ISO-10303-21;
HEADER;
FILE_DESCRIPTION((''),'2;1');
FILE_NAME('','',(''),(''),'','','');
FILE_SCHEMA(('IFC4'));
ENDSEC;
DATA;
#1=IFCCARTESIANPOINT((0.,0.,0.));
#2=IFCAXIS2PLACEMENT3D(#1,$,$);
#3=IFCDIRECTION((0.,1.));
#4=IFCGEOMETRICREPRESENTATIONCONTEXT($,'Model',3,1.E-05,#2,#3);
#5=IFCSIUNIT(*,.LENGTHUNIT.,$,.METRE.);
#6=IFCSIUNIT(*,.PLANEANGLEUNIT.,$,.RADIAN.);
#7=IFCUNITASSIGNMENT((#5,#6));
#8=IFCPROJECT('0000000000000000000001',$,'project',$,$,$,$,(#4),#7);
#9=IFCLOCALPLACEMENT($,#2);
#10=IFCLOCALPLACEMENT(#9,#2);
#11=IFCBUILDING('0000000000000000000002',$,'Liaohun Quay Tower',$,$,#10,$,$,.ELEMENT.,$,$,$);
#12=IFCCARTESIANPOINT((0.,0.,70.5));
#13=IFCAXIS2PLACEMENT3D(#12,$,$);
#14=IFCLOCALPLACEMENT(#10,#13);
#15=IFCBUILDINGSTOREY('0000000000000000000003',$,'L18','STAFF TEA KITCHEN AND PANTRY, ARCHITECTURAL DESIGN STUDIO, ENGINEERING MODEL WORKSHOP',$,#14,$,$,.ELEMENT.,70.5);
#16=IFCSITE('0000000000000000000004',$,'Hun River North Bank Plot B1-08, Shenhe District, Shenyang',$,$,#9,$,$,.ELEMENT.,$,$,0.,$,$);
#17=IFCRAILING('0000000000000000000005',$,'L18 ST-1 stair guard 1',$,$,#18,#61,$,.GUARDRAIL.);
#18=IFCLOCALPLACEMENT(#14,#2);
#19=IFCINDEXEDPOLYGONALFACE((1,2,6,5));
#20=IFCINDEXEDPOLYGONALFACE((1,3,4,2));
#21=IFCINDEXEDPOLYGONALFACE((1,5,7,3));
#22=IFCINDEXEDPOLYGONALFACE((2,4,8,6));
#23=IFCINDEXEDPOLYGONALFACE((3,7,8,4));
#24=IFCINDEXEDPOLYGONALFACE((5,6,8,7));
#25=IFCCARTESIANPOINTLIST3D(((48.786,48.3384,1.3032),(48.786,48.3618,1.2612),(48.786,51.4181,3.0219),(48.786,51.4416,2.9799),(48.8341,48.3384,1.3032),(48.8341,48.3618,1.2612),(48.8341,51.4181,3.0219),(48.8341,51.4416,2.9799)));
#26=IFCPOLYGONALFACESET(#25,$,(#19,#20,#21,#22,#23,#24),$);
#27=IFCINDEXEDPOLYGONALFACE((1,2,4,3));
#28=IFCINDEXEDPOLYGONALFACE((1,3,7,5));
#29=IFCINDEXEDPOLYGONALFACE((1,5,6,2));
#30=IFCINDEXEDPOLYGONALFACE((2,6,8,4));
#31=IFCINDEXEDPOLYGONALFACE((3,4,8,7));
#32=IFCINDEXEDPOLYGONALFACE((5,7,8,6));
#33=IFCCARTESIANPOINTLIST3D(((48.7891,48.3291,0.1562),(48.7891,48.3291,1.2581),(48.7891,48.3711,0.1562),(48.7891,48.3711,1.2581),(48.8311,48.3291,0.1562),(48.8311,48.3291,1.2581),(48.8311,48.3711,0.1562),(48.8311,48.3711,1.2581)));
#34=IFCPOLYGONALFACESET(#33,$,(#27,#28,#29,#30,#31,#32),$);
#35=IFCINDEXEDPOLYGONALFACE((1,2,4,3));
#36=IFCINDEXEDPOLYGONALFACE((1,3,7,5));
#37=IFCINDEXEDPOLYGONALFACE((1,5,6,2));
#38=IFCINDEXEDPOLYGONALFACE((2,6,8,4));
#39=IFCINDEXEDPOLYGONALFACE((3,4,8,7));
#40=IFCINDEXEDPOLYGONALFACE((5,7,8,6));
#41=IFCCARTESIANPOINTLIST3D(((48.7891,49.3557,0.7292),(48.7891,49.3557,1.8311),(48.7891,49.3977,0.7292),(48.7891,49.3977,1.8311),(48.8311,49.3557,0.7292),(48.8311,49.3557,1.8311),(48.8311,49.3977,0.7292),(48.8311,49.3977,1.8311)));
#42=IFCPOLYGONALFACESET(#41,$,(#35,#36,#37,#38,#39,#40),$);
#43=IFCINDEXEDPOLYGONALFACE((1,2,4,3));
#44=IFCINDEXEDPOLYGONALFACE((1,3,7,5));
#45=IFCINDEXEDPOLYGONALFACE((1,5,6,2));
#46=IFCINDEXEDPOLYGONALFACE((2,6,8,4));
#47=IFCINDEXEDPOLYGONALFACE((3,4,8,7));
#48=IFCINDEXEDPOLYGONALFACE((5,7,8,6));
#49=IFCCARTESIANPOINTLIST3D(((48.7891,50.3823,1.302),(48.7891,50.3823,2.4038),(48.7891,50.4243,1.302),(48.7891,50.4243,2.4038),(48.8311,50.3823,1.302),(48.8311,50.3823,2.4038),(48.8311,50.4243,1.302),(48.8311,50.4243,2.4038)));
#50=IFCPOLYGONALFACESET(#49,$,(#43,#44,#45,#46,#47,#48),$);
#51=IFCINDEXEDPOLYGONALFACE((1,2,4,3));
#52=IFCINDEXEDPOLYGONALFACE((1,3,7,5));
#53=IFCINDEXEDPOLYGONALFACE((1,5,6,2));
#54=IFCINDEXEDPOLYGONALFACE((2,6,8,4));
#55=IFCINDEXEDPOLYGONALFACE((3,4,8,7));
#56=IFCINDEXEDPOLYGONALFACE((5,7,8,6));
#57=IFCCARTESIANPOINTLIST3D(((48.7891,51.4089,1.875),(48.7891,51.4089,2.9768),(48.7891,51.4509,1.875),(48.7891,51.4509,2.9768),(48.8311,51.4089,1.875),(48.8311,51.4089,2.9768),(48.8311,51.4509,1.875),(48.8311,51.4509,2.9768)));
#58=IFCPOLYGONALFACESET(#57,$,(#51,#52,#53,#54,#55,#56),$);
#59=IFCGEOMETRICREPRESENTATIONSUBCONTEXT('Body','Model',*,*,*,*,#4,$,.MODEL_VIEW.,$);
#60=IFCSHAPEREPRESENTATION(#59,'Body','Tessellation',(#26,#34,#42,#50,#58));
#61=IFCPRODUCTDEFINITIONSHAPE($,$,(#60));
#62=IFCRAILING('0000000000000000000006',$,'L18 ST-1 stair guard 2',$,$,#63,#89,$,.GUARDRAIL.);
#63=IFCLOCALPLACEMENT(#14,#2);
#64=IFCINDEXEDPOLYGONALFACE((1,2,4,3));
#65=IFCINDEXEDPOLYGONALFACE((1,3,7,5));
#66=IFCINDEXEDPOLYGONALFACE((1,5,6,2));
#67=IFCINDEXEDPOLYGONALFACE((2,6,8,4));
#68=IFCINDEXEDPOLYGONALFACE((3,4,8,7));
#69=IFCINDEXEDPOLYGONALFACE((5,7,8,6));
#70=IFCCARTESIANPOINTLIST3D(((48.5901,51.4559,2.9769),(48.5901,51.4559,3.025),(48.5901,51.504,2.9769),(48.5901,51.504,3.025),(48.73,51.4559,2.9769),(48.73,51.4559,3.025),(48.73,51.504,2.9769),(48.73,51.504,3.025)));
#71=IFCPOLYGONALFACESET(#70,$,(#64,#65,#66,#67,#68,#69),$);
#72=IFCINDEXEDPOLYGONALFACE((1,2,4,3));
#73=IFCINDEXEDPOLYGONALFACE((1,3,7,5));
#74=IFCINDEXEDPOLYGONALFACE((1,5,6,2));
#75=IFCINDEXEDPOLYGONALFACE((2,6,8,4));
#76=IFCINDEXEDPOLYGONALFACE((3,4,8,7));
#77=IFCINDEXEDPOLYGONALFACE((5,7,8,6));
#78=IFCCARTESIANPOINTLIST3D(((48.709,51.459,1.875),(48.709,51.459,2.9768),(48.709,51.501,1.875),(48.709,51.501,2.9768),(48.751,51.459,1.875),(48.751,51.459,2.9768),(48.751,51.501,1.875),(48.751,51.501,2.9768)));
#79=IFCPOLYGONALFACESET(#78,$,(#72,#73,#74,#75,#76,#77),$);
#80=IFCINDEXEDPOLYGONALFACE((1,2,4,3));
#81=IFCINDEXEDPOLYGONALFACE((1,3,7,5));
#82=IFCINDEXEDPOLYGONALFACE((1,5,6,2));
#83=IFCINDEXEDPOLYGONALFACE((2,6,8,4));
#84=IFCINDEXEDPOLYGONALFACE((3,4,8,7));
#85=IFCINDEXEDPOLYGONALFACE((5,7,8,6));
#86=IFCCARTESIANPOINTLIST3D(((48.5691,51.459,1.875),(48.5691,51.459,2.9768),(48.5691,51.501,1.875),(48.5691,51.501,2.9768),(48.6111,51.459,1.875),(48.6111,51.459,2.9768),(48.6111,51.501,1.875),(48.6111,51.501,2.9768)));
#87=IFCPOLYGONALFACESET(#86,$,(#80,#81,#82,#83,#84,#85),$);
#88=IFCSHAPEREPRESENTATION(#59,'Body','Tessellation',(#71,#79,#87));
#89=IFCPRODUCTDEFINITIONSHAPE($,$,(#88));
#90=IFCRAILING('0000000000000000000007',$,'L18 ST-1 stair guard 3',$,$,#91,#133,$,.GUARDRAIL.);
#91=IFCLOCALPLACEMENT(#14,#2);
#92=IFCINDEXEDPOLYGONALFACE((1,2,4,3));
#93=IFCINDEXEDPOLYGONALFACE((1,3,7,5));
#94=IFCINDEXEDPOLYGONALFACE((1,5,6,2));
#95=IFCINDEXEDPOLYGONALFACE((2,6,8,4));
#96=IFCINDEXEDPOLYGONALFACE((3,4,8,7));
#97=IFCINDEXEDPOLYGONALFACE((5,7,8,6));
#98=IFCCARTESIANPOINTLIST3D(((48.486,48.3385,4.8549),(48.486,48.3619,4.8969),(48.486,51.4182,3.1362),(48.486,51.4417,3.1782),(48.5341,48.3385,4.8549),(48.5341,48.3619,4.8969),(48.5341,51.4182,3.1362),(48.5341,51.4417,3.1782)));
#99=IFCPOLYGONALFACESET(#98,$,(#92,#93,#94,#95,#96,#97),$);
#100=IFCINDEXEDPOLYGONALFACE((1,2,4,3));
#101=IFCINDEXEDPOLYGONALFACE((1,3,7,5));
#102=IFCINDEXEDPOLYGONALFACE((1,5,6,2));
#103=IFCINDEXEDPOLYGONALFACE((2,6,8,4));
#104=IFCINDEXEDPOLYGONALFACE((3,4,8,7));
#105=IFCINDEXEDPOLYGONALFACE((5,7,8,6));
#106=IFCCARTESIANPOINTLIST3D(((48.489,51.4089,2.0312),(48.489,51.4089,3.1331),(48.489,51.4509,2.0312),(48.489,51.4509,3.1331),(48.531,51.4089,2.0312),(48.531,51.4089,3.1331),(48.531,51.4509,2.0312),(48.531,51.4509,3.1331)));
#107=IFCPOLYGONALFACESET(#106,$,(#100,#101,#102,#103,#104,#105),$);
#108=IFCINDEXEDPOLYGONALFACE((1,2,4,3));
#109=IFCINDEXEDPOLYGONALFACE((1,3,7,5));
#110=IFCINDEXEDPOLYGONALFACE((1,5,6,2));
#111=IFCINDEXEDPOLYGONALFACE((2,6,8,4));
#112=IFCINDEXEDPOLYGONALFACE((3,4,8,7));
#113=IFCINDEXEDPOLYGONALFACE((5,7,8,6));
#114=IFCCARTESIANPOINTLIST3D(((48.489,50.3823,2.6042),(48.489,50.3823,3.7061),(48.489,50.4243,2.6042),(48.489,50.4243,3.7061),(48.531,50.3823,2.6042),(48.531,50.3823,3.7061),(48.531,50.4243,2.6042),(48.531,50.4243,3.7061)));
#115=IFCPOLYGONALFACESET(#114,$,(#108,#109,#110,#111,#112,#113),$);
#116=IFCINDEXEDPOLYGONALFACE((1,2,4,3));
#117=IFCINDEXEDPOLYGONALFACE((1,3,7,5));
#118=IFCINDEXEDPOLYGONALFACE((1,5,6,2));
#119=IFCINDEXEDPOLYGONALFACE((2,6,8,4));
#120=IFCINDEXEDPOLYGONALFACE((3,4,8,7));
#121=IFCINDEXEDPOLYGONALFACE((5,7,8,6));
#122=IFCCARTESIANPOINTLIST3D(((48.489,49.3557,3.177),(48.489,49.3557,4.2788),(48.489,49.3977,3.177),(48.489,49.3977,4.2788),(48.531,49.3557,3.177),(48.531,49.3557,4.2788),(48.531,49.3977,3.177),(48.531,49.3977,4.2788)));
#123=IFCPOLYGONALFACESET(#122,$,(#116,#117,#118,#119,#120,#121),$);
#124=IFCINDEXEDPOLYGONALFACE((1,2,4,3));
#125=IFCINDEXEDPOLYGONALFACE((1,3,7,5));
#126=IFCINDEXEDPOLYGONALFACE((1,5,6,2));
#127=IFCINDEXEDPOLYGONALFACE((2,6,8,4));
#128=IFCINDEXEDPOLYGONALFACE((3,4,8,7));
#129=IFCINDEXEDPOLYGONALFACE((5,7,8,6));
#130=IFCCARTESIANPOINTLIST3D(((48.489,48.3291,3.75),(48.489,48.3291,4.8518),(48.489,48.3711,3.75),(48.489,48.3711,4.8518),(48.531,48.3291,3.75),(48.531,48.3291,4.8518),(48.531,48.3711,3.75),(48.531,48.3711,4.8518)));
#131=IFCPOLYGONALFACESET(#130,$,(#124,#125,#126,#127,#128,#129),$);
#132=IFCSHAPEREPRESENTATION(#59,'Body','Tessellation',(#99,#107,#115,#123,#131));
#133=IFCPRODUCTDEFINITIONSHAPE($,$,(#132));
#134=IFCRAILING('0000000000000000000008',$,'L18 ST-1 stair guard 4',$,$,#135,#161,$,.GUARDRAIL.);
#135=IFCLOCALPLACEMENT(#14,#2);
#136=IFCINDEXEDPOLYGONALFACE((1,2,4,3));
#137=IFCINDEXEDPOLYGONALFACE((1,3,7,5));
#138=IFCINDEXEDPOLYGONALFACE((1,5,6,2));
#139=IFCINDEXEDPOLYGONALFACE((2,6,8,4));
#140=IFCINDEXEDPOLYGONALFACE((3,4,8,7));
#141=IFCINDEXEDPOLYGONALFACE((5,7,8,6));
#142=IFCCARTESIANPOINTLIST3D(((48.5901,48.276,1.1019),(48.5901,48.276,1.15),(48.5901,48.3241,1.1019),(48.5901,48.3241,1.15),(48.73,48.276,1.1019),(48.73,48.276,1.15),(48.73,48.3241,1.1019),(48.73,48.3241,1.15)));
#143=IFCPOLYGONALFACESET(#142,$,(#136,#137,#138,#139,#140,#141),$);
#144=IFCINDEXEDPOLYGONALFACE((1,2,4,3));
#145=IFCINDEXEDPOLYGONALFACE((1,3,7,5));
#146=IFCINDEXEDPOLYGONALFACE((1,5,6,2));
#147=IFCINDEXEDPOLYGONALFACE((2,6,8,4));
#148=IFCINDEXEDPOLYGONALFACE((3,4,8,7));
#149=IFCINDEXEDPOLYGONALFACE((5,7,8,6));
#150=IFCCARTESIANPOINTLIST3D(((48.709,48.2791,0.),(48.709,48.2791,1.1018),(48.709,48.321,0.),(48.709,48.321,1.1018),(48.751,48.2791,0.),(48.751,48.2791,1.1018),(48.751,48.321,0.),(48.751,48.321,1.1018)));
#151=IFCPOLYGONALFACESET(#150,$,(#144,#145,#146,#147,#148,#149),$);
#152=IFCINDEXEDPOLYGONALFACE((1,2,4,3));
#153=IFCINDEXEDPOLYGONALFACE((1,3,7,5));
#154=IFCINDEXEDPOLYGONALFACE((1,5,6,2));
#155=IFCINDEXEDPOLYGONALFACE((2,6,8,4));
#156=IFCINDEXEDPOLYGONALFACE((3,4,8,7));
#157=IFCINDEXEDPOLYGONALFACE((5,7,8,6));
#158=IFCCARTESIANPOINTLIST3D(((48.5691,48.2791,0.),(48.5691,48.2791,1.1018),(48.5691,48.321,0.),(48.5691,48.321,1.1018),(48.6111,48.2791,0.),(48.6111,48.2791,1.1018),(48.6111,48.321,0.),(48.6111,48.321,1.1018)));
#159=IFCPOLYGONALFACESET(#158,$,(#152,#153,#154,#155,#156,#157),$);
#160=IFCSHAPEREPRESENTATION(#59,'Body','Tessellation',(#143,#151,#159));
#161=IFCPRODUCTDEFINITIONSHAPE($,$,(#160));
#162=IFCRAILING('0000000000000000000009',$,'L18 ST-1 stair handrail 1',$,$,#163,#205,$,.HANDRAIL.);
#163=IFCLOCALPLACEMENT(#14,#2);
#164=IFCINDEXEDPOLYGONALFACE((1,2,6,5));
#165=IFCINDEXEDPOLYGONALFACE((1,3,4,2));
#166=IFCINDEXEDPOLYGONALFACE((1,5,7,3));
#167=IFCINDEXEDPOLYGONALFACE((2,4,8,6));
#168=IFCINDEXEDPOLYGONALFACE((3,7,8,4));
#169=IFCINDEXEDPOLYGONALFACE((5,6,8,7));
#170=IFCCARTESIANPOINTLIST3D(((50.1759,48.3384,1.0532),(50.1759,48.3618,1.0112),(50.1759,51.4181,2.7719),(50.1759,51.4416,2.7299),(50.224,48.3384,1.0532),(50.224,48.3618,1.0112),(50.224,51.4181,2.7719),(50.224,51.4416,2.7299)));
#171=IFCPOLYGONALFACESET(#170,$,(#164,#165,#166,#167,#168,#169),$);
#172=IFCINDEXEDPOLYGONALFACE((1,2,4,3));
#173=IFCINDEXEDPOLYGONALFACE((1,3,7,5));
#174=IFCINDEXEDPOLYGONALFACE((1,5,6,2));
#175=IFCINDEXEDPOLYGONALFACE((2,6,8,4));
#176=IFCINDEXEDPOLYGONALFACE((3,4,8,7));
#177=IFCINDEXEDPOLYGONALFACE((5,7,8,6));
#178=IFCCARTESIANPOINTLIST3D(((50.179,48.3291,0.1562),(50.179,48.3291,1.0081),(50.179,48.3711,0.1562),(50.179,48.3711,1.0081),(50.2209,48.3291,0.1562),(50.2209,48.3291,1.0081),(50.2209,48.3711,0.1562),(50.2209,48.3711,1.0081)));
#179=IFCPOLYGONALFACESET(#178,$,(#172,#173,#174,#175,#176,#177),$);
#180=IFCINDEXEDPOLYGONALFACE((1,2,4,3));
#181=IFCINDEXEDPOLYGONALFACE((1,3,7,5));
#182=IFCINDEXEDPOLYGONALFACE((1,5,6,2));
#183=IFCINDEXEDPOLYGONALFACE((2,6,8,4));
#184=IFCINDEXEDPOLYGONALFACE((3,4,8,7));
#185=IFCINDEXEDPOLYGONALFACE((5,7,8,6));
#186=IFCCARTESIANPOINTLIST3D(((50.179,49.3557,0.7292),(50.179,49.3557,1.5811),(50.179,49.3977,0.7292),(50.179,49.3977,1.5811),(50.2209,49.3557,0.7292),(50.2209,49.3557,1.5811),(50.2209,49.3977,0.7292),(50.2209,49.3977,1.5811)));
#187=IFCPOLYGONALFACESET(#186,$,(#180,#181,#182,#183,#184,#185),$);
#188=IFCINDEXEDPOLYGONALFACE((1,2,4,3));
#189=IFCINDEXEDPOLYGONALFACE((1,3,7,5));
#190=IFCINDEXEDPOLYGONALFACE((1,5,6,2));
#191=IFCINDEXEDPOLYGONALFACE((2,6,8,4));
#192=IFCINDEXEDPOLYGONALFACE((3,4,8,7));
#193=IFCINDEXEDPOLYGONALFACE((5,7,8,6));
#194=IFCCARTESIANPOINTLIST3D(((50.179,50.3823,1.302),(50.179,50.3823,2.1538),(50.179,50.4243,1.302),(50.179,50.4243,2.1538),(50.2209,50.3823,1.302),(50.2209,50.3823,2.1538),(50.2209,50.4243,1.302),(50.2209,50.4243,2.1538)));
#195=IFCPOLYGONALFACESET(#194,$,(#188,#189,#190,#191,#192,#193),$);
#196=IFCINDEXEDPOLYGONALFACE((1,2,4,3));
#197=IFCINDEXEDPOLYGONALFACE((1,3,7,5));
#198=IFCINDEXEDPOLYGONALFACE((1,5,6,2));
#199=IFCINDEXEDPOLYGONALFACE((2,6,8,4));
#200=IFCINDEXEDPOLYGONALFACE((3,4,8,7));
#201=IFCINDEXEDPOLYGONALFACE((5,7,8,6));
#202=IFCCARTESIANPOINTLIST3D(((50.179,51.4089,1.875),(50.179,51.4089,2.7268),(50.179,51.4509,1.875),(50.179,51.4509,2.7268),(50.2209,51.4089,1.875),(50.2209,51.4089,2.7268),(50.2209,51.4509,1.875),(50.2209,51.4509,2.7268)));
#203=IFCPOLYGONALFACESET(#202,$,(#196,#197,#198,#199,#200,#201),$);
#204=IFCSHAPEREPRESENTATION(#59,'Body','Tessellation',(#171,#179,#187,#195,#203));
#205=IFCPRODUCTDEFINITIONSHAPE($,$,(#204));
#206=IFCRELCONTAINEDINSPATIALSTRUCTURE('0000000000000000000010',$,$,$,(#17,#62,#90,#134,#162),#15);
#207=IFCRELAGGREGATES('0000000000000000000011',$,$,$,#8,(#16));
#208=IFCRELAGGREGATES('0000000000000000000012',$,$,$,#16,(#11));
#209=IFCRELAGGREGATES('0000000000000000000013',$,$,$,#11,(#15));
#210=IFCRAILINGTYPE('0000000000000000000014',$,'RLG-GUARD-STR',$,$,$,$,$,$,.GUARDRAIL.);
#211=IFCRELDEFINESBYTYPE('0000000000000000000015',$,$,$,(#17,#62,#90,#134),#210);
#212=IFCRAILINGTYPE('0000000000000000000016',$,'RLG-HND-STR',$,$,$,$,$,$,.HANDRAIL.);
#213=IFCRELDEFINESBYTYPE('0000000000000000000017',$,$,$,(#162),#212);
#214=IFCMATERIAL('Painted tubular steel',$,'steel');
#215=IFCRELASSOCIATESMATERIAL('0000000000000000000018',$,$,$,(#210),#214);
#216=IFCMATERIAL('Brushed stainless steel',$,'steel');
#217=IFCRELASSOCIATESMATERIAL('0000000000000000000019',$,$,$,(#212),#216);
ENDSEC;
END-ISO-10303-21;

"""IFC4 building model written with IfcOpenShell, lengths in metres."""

from ifc_helpers import new_model, si_unit, direction, frame, origin, origin_2d, place, context, subcontext, project, spatial, rectangle, extrude, material, type_object, element, save


model = new_model("IFC4")

# Units and contexts
model_context = context("Model", 3, precision=1e-05, world=origin(), true_north=direction((0.0, 1.0)))
body_context = subcontext(model_context, "Body", "Model", "MODEL_VIEW")
ifc_project = project(units=[si_unit("LENGTHUNIT", "METRE"), si_unit("PLANEANGLEUNIT", "RADIAN")], contexts=[model_context])

# Site, building, storey
site_placement = place(None, origin())
site = spatial("IfcSite", under=ifc_project, at=site_placement, Name="Hun River North Bank Plot B1-08, Shenhe District, Shenyang", CompositionType="ELEMENT", RefElevation=0.0)
building_placement = place(site_placement, origin())
building = spatial("IfcBuilding", under=site, at=building_placement, Name="Liaohun Quay Tower", CompositionType="ELEMENT")
storey_placement = place(building_placement, frame((0.0, 0.0, 70.5)))
storey = spatial("IfcBuildingStorey", under=building, at=storey_placement, Name="L18", Description="STAFF TEA KITCHEN AND PANTRY, ARCHITECTURAL DESIGN STUDIO, ENGINEERING MODEL WORKSHOP", CompositionType="ELEMENT", Elevation=70.5)

# Railings
ifc_material_1 = material(Name="Painted tubular steel", Category="steel")
railing_type_1 = type_object("IfcRailingType", Name="RLG-GUARD-STR", PredefinedType="GUARDRAIL", material=ifc_material_1)
railing_1_placement = place(storey_placement, frame((48.8101, 48.3501, 0.1562)))
element("IfcRailing", 1, at=railing_1_placement, inside=storey, type_object=railing_type_1, Name="L18 ST-1 stair guard 1", PredefinedType="GUARDRAIL", context=body_context, shape_type="SweptSolid", body=[
    extrude(rectangle(XDim=0.0481, YDim=0.0481, at=origin_2d()), frame((0.0, 0.0, 1.126), z_axis=(0.0, 0.873225, 0.487317), x_axis=(-1.0, 0.0, 0.0)), (0.0, 0.0, 1.0), 3.5269),
    extrude(rectangle(XDim=0.042, YDim=0.042, at=origin_2d()), origin(), (0.0, 0.0, 1.0), 1.1018),
    extrude(rectangle(XDim=0.042, YDim=0.042, at=origin_2d()), frame((0.0, 1.0266, 0.573)), (0.0, 0.0, 1.0), 1.1018),
    extrude(rectangle(XDim=0.042, YDim=0.042, at=origin_2d()), frame((0.0, 2.0532, 1.1458)), (0.0, 0.0, 1.0), 1.1018),
    extrude(rectangle(XDim=0.042, YDim=0.042, at=origin_2d()), frame((0.0, 3.0798, 1.7188)), (0.0, 0.0, 1.0), 1.1018),
])
railing_2_placement = place(storey_placement, frame((48.73, 51.48, 1.875)))
element("IfcRailing", 2, at=railing_2_placement, inside=storey, type_object=railing_type_1, Name="L18 ST-1 stair guard 2", PredefinedType="GUARDRAIL", context=body_context, shape_type="SweptSolid", body=[
    extrude(rectangle(XDim=0.0481, YDim=0.0481, at=origin_2d()), frame((0.0, 0.0, 1.126), z_axis=(-1.0, 0.0, 0.0), x_axis=(0.0, -1.0, 0.0)), (0.0, 0.0, 1.0), 0.1399),
    extrude(rectangle(XDim=0.042, YDim=0.042, at=origin_2d()), origin(), (0.0, 0.0, 1.0), 1.1018),
    extrude(rectangle(XDim=0.042, YDim=0.042, at=origin_2d()), frame((-0.1399, 0.0, 0.0)), (0.0, 0.0, 1.0), 1.1018),
])
railing_3_placement = place(storey_placement, frame((48.51, 51.4299, 2.0312)))
element("IfcRailing", 3, at=railing_3_placement, inside=storey, type_object=railing_type_1, Name="L18 ST-1 stair guard 3", PredefinedType="GUARDRAIL", context=body_context, shape_type="SweptSolid", body=[
    extrude(rectangle(XDim=0.0481, YDim=0.0481, at=origin_2d()), frame((0.0, 0.0, 1.126), z_axis=(0.0, -0.873225, 0.487317), x_axis=(1.0, 0.0, 0.0)), (0.0, 0.0, 1.0), 3.5269),
    extrude(rectangle(XDim=0.042, YDim=0.042, at=origin_2d()), origin(), (0.0, 0.0, 1.0), 1.1018),
    extrude(rectangle(XDim=0.042, YDim=0.042, at=origin_2d()), frame((0.0, -1.0266, 0.573)), (0.0, 0.0, 1.0), 1.1018),
    extrude(rectangle(XDim=0.042, YDim=0.042, at=origin_2d()), frame((0.0, -2.0532, 1.1458)), (0.0, 0.0, 1.0), 1.1018),
    extrude(rectangle(XDim=0.042, YDim=0.042, at=origin_2d()), frame((0.0, -3.0798, 1.7188)), (0.0, 0.0, 1.0), 1.1018),
])
railing_4_placement = place(storey_placement, frame((48.73, 48.3, 0.0)))
element("IfcRailing", 4, at=railing_4_placement, inside=storey, type_object=railing_type_1, Name="L18 ST-1 stair guard 4", PredefinedType="GUARDRAIL", context=body_context, shape_type="SweptSolid", body=[
    extrude(rectangle(XDim=0.0481, YDim=0.0481, at=origin_2d()), frame((0.0, 0.0, 1.126), z_axis=(-1.0, 0.0, 0.0), x_axis=(0.0, -1.0, 0.0)), (0.0, 0.0, 1.0), 0.1399),
    extrude(rectangle(XDim=0.042, YDim=0.042, at=origin_2d()), origin(), (0.0, 0.0, 1.0), 1.1018),
    extrude(rectangle(XDim=0.042, YDim=0.042, at=origin_2d()), frame((-0.1399, 0.0, 0.0)), (0.0, 0.0, 1.0), 1.1018),
])
ifc_material_2 = material(Name="Brushed stainless steel", Category="steel")
railing_type_2 = type_object("IfcRailingType", Name="RLG-HND-STR", PredefinedType="HANDRAIL", material=ifc_material_2)
railing_5_placement = place(storey_placement, frame((50.2, 48.3501, 0.1562)))
element("IfcRailing", 5, at=railing_5_placement, inside=storey, type_object=railing_type_2, Name="L18 ST-1 stair handrail 1", PredefinedType="HANDRAIL", context=body_context, shape_type="SweptSolid", body=[
    extrude(rectangle(XDim=0.0481, YDim=0.0481, at=origin_2d()), frame((0.0, 0.0, 0.876), z_axis=(0.0, 0.873225, 0.487317), x_axis=(-1.0, 0.0, 0.0)), (0.0, 0.0, 1.0), 3.5269),
    extrude(rectangle(XDim=0.042, YDim=0.042, at=origin_2d()), origin(), (0.0, 0.0, 1.0), 0.8518),
    extrude(rectangle(XDim=0.042, YDim=0.042, at=origin_2d()), frame((0.0, 1.0266, 0.573)), (0.0, 0.0, 1.0), 0.8518),
    extrude(rectangle(XDim=0.042, YDim=0.042, at=origin_2d()), frame((0.0, 2.0532, 1.1458)), (0.0, 0.0, 1.0), 0.8518),
    extrude(rectangle(XDim=0.042, YDim=0.042, at=origin_2d()), frame((0.0, 3.0798, 1.7188)), (0.0, 0.0, 1.0), 0.8518),
])

save(model, "model.ifc")
